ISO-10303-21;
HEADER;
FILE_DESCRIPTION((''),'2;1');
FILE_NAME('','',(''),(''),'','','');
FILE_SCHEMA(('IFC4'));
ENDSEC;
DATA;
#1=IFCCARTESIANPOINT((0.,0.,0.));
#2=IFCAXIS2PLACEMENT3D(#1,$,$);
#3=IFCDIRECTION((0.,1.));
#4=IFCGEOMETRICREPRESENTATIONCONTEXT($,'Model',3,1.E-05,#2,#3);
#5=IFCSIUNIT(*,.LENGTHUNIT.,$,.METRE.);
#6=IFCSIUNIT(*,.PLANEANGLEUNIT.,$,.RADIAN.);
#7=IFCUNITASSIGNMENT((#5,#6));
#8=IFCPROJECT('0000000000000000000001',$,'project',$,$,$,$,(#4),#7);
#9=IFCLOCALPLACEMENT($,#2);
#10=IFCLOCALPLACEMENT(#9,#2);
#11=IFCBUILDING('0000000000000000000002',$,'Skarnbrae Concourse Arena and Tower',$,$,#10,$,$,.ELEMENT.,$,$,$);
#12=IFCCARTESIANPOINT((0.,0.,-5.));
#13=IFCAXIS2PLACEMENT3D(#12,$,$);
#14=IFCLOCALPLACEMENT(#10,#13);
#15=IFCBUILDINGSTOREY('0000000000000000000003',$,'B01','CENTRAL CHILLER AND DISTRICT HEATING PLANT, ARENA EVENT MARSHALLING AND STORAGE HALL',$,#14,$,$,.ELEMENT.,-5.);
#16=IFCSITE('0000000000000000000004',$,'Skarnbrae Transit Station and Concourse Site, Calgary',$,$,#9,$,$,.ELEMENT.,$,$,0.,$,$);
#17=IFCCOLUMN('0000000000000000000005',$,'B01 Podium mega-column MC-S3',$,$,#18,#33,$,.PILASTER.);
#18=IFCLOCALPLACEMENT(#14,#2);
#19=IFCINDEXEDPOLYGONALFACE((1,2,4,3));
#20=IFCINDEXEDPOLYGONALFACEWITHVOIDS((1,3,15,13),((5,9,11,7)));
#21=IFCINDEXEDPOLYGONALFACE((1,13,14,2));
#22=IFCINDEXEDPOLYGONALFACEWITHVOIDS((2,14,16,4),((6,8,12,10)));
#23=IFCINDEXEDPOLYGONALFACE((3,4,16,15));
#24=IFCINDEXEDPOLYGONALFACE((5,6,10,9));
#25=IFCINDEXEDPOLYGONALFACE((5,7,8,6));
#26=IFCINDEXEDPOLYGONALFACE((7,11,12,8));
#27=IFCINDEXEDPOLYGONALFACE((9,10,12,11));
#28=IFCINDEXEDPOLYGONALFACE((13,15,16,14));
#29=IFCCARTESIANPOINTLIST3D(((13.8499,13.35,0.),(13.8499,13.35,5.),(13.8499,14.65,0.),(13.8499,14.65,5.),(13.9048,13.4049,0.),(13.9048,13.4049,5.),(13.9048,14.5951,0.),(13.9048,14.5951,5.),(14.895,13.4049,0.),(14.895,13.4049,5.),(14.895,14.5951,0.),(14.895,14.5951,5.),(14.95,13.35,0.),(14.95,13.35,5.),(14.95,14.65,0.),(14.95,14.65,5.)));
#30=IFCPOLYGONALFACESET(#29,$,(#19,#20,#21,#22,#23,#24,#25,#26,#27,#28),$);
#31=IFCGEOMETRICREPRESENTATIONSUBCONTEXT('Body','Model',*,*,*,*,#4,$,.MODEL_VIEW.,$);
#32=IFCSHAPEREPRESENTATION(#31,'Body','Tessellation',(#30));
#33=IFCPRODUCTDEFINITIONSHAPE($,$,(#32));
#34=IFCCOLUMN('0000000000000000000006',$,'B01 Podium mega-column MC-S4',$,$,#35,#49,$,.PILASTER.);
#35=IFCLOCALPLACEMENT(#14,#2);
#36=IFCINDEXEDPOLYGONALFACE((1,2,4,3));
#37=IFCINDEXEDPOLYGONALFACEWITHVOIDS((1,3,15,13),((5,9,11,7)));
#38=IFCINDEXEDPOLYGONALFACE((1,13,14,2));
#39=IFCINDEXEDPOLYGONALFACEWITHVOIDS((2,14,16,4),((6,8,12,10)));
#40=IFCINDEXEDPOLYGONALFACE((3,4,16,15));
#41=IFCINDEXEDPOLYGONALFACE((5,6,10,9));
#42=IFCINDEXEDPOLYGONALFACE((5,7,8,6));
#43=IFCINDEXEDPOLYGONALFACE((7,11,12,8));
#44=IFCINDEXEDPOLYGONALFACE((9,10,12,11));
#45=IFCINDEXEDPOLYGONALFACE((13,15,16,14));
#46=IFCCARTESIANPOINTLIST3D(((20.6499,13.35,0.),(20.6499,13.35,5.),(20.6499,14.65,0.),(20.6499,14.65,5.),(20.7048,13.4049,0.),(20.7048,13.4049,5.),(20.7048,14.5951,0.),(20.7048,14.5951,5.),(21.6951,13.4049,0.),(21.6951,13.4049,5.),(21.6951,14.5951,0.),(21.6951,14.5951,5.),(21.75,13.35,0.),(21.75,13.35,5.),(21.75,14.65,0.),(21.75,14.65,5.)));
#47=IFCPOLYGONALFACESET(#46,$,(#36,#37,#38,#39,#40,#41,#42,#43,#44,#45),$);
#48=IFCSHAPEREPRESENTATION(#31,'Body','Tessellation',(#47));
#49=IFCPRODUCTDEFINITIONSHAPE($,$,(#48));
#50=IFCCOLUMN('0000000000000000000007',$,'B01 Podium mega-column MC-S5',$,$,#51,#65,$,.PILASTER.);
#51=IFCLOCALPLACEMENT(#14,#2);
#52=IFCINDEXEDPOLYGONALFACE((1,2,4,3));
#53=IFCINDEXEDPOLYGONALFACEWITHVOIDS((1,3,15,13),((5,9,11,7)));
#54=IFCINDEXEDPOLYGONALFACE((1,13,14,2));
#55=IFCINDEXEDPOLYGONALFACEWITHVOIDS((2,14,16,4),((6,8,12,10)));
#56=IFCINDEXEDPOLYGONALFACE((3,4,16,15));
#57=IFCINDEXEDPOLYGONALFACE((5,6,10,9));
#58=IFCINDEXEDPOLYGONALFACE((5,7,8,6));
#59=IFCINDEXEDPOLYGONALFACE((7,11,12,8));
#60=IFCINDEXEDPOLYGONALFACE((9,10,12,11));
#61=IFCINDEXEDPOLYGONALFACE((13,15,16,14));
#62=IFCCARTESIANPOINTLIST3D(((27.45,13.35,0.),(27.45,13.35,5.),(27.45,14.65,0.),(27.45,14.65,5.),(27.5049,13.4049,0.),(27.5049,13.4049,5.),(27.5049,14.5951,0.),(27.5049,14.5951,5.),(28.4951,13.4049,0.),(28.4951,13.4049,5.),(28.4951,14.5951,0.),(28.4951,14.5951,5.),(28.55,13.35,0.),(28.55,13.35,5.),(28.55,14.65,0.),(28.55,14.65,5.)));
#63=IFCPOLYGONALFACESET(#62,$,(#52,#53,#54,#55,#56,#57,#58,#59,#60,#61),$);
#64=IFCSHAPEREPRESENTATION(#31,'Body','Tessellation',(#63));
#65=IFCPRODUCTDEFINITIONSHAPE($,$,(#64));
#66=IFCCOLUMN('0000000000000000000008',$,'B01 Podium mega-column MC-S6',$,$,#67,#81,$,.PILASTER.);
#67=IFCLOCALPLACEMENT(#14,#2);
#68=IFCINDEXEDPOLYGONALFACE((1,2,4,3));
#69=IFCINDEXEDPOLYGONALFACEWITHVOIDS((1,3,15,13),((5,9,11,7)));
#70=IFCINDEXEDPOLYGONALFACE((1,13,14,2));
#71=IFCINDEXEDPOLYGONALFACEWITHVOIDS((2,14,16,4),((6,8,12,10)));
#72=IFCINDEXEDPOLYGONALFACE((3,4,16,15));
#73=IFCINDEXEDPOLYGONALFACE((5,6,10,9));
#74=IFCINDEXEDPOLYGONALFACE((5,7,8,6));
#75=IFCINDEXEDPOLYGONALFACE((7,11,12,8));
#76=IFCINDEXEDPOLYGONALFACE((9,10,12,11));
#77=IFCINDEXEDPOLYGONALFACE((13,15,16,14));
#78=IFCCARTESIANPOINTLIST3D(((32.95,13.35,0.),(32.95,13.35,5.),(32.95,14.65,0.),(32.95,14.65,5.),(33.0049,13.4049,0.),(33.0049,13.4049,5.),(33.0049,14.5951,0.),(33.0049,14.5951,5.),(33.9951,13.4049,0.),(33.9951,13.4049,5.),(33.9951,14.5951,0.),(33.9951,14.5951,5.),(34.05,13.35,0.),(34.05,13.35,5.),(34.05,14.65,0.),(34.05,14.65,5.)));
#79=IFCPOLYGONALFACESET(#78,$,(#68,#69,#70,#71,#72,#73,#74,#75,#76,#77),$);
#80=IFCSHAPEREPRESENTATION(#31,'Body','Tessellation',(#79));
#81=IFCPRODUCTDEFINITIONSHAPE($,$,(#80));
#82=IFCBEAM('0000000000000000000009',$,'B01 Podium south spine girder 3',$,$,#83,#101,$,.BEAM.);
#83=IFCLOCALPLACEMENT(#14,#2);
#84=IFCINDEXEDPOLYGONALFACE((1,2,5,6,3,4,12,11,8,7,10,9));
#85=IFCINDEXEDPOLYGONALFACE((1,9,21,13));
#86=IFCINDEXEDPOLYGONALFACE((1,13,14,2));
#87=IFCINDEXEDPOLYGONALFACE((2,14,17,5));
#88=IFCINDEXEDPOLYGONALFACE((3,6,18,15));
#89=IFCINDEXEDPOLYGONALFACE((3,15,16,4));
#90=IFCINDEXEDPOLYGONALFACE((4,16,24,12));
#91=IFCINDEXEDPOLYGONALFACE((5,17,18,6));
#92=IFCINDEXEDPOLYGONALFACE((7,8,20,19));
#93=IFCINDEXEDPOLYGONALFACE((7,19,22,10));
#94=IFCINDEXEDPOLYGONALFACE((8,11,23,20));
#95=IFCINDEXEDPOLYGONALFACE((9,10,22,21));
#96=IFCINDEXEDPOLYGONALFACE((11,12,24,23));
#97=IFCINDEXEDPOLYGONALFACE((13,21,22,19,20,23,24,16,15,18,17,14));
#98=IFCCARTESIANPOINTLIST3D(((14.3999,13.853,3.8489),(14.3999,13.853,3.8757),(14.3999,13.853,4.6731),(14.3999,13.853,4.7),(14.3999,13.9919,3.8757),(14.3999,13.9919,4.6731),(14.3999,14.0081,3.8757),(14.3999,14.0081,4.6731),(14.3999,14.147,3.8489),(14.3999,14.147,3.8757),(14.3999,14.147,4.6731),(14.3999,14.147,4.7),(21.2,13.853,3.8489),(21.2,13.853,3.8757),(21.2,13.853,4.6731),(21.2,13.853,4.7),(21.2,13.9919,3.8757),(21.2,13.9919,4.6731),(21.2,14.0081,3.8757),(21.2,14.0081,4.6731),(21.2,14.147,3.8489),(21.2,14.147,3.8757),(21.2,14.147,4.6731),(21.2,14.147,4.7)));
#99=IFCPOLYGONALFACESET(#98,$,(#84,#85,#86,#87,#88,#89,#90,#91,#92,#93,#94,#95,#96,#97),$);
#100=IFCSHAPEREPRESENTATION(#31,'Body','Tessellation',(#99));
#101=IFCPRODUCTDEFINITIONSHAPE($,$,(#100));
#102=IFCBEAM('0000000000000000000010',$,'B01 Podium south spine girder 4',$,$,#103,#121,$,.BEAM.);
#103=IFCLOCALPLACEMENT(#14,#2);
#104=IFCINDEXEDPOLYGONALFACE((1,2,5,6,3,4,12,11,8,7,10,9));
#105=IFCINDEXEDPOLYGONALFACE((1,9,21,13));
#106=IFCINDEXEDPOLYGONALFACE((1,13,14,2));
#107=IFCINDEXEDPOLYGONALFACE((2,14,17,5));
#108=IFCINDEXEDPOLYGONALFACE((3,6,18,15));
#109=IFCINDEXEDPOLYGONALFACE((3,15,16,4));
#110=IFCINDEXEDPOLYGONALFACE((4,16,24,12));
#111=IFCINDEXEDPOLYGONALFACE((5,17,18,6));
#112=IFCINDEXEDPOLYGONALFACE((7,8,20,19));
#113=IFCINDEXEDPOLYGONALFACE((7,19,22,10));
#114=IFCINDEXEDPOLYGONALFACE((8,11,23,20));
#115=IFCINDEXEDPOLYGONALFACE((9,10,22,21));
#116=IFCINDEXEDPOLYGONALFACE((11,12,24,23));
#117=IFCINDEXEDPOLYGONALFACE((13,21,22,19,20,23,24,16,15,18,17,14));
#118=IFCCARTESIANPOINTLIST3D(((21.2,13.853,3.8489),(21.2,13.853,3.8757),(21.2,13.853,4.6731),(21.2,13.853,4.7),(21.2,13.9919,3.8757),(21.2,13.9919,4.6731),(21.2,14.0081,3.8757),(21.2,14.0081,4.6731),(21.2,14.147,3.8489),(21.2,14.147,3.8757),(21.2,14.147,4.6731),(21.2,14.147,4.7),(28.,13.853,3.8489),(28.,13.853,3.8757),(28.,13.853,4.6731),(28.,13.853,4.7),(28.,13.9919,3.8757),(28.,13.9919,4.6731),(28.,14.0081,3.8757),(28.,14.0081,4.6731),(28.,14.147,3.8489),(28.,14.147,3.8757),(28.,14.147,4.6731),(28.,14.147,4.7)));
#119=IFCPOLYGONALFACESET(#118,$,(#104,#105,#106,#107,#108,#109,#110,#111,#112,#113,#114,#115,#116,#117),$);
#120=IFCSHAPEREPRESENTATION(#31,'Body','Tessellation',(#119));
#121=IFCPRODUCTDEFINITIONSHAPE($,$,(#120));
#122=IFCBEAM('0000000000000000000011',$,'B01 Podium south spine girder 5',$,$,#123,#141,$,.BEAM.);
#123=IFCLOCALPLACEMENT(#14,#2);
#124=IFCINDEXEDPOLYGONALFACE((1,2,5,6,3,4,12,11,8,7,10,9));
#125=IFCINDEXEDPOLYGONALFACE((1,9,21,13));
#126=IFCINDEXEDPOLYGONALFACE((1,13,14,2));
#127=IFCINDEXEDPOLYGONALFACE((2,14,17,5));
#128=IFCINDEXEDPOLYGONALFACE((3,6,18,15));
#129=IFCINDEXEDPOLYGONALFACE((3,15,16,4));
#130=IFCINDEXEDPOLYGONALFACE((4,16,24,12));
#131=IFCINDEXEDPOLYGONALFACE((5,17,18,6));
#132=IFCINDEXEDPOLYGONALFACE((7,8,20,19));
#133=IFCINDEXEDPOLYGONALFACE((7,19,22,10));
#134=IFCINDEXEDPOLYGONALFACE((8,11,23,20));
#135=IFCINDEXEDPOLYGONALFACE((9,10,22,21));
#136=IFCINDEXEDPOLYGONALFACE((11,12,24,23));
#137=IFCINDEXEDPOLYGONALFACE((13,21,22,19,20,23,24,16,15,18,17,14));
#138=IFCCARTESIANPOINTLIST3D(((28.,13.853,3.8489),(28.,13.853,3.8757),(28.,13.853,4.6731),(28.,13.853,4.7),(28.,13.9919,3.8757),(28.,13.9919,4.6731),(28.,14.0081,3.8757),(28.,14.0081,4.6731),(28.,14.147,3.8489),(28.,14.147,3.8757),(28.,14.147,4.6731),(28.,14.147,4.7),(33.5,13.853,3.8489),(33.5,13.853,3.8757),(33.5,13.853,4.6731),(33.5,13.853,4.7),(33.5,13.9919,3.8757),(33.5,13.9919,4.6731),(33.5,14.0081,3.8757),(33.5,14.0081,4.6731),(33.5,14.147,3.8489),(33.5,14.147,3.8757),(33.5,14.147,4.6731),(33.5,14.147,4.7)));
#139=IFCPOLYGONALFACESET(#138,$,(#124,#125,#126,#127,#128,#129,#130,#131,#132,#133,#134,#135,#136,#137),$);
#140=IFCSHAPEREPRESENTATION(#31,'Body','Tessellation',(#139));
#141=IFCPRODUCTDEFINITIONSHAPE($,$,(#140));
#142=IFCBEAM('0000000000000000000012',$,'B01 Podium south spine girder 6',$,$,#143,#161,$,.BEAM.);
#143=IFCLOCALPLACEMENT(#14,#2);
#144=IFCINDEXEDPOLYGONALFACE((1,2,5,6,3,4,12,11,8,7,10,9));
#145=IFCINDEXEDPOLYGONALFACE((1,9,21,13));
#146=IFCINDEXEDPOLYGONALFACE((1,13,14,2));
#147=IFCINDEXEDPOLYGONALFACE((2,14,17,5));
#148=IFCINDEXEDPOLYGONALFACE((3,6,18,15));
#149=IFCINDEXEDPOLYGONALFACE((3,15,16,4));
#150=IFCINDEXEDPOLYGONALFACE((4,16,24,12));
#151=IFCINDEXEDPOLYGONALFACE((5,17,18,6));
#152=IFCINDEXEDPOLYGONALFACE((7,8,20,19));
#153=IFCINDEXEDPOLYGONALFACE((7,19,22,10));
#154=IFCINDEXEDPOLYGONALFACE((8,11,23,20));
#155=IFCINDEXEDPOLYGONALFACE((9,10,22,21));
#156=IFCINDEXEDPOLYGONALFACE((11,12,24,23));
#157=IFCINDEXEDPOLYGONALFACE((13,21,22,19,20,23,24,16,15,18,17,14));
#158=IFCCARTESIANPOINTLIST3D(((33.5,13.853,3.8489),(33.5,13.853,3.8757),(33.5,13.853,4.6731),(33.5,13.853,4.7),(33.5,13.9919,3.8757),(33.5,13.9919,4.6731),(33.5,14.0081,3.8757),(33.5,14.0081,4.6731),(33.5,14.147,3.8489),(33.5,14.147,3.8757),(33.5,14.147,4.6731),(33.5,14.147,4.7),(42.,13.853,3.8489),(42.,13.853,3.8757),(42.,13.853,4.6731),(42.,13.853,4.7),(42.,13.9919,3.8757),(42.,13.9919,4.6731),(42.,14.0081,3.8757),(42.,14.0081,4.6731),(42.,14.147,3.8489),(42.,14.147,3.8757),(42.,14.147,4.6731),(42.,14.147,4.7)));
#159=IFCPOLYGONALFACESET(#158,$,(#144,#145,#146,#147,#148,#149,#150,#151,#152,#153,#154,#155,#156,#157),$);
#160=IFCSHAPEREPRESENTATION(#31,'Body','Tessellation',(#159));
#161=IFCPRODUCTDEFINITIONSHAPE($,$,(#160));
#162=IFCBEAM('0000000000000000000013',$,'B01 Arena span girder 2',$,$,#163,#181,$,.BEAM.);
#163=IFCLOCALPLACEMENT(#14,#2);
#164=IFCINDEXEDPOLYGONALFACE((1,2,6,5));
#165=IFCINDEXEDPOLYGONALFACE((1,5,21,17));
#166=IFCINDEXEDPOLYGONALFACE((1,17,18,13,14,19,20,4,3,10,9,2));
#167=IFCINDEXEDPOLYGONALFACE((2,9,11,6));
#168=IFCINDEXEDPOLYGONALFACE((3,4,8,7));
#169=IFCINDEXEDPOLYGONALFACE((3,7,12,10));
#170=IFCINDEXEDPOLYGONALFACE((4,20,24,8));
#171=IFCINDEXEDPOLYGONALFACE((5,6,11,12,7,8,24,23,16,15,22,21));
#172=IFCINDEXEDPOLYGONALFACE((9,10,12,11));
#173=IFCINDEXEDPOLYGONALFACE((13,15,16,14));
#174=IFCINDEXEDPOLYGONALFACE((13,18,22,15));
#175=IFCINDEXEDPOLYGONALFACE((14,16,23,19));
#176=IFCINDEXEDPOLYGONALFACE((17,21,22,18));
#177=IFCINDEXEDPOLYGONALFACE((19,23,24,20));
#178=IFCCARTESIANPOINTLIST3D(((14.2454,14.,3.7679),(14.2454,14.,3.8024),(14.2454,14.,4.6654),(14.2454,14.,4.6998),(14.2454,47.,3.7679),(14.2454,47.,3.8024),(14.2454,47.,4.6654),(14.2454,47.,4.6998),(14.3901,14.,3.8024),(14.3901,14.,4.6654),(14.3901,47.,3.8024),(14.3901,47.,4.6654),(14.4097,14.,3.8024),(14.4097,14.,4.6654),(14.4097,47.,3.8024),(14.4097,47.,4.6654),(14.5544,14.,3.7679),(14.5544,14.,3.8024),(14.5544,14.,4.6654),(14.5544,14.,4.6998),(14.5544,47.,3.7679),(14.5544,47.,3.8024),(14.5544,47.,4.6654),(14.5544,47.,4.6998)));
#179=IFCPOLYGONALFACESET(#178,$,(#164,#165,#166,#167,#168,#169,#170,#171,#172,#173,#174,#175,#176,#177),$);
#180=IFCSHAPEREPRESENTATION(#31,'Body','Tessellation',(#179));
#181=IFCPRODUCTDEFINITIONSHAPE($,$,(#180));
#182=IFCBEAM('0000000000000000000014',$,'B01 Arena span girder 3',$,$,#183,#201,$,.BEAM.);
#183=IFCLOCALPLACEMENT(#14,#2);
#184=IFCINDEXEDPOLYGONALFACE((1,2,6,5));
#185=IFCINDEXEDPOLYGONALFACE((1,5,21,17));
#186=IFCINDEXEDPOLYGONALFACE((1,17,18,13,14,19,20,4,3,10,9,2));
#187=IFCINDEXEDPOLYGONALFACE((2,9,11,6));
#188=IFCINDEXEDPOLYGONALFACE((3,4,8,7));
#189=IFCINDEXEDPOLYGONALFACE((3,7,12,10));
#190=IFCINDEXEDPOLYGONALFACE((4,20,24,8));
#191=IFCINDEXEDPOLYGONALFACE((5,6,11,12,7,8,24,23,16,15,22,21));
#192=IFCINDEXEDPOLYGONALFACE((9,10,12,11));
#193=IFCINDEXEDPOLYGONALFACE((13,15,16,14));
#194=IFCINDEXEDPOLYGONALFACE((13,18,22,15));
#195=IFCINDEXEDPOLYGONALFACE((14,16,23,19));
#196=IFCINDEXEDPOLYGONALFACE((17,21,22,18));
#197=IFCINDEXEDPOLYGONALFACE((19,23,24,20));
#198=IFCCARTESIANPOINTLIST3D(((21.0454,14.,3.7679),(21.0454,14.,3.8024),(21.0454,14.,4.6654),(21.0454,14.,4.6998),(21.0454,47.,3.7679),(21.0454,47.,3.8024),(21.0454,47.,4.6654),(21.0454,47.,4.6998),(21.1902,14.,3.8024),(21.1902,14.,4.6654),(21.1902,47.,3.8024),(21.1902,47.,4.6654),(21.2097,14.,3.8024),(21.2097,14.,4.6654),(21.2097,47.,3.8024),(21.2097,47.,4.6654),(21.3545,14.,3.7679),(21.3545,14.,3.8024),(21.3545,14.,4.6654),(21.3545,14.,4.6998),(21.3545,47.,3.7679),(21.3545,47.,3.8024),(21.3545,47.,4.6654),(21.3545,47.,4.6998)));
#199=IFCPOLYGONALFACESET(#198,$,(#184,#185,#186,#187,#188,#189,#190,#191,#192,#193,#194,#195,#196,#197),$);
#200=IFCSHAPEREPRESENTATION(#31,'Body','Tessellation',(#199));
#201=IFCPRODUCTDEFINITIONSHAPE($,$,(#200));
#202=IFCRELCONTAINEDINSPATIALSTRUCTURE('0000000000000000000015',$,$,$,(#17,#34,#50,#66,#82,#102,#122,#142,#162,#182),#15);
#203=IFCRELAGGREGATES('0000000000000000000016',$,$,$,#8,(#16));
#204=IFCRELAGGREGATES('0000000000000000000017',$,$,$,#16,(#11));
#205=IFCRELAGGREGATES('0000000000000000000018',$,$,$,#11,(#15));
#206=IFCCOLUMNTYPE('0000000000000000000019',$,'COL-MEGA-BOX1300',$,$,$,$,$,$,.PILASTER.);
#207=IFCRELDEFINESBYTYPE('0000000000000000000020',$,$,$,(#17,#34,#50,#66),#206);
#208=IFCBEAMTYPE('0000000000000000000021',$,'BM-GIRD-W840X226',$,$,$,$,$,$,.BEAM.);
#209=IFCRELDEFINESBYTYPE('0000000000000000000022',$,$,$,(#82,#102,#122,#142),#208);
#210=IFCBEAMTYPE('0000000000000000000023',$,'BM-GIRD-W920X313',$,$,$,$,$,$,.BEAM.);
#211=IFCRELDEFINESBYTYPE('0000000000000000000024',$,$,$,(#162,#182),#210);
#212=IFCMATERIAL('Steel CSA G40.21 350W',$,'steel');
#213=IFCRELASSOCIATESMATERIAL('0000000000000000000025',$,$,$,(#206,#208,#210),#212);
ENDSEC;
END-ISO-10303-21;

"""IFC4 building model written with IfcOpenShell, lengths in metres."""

from ifc_helpers import new_model, si_unit, direction, frame, origin, origin_2d, place, context, subcontext, project, spatial, hollow_rectangle, i_section, extrude, source, transform, mapped, material, material_profile, profile_set, type_object, element, save


model = new_model("IFC4")

# Units and contexts
model_context = context("Model", 3, precision=1e-05, world=origin(), true_north=direction((0.0, 1.0)))
body_context = subcontext(model_context, "Body", "Model", "MODEL_VIEW")
ifc_project = project(units=[si_unit("LENGTHUNIT", "METRE"), si_unit("PLANEANGLEUNIT", "RADIAN")], contexts=[model_context])

# Site, building, storey
site_placement = place(None, origin())
site = spatial("IfcSite", under=ifc_project, at=site_placement, Name="Skarnbrae Transit Station and Concourse Site, Calgary", CompositionType="ELEMENT", RefElevation=0.0)
building_placement = place(site_placement, origin())
building = spatial("IfcBuilding", under=site, at=building_placement, Name="Skarnbrae Concourse Arena and Tower", CompositionType="ELEMENT")
storey_placement = place(building_placement, frame((0.0, 0.0, -5.0)))
storey = spatial("IfcBuildingStorey", under=building, at=storey_placement, Name="B01", Description="CENTRAL CHILLER AND DISTRICT HEATING PLANT, ARENA EVENT MARSHALLING AND STORAGE HALL", CompositionType="ELEMENT", Elevation=-5.0)

# Columns
ifc_material_1 = material(Name="Steel CSA G40.21 350W", Category="steel")
ifc_material_profile_1 = material_profile(ifc_material_1, hollow_rectangle(XDim=1.1001, YDim=1.3, WallThickness=0.0549, at=origin_2d()), Name="BOX1300X1100X55")
ifc_profile_set_1 = profile_set([ifc_material_profile_1], Name="Steel CSA G40.21 350W")
column_type = type_object("IfcColumnType", Name="COL-MEGA-BOX1300", PredefinedType="PILASTER", material=ifc_profile_set_1)
shared_shape_1 = source(origin(), body_context, "Body", "SweptSolid", [
    extrude(hollow_rectangle(XDim=1.1001, YDim=1.3, WallThickness=0.0549, at=origin_2d()), origin(), (0.0, 0.0, 1.0), 5.0),
])
for number, where, z_axis, x_axis, name in (
    (1, (14.3999, 14.0, 0.0), (0.0, 0.0, 1.0), (1.0, 0.0, 0.0), "B01 Podium mega-column MC-S3"),
    (2, (21.2, 14.0, 0.0), (0.0, 0.0, 1.0), (1.0, 0.0, 0.0), "B01 Podium mega-column MC-S4"),
    (3, (28.0, 14.0, 0.0), (0.0, 0.0, 1.0), (1.0, 0.0, 0.0), "B01 Podium mega-column MC-S5"),
    (4, (33.5, 14.0, 0.0), (0.0, 0.0, 1.0), (1.0, 0.0, 0.0), "B01 Podium mega-column MC-S6"),
):
    element("IfcColumn", number, at=place(storey_placement, frame(where, z_axis=z_axis, x_axis=x_axis)), inside=storey, type_object=column_type, Name=name, PredefinedType="PILASTER", context=body_context, shape_type="MappedRepresentation", body=[
        mapped(shared_shape_1, transform((0.0, 0.0, 0.0))),
    ])

# Beams
ifc_material_profile_2 = material_profile(ifc_material_1, i_section(OverallWidth=0.2939, OverallDepth=0.8511, WebThickness=0.0161, FlangeThickness=0.0269, at=origin_2d()), Name="W840X226")
ifc_profile_set_2 = profile_set([ifc_material_profile_2], Name="Steel CSA G40.21 350W")
beam_type_1 = type_object("IfcBeamType", Name="BM-GIRD-W840X226", PredefinedType="BEAM", material=ifc_profile_set_2)
shared_shape_2 = source(origin(), body_context, "Body", "SweptSolid", [
    extrude(i_section(OverallWidth=0.2939, OverallDepth=0.8511, WebThickness=0.0161, FlangeThickness=0.0269, at=origin_2d()), origin(), (0.0, 0.0, 1.0), 6.8),
])
for number, where, z_axis, x_axis, name in (
    (5, (14.3999, 14.0, 4.2744), (1.0, 0.0, 0.0), (0.0, 1.0, 0.0), "B01 Podium south spine girder 3"),
    (6, (21.2, 14.0, 4.2744), (1.0, 0.0, 0.0), (0.0, 1.0, 0.0), "B01 Podium south spine girder 4"),
):
    element("IfcBeam", number, at=place(storey_placement, frame(where, z_axis=z_axis, x_axis=x_axis)), inside=storey, type_object=beam_type_1, Name=name, PredefinedType="BEAM", context=body_context, shape_type="MappedRepresentation", body=[
        mapped(shared_shape_2, transform((0.0, 0.0, 0.0))),
    ])
shared_shape_3 = source(origin(), body_context, "Body", "SweptSolid", [
    extrude(i_section(OverallWidth=0.2939, OverallDepth=0.8511, WebThickness=0.0161, FlangeThickness=0.0269, at=origin_2d()), origin(), (0.0, 0.0, 1.0), 5.5),
])
beam_1_placement = place(storey_placement, frame((28.0, 14.0, 4.2744), z_axis=(1.0, 0.0, 0.0), x_axis=(0.0, 1.0, 0.0)))
element("IfcBeam", 7, at=beam_1_placement, inside=storey, type_object=beam_type_1, Name="B01 Podium south spine girder 5", PredefinedType="BEAM", context=body_context, shape_type="MappedRepresentation", body=[
    mapped(shared_shape_3, transform((0.0, 0.0, 0.0))),
])
shared_shape_4 = source(origin(), body_context, "Body", "SweptSolid", [
    extrude(i_section(OverallWidth=0.2939, OverallDepth=0.8511, WebThickness=0.0161, FlangeThickness=0.0269, at=origin_2d()), origin(), (0.0, 0.0, 1.0), 8.5),
])
beam_2_placement = place(storey_placement, frame((33.5, 14.0, 4.2744), z_axis=(1.0, 0.0, 0.0), x_axis=(0.0, 1.0, 0.0)))
element("IfcBeam", 8, at=beam_2_placement, inside=storey, type_object=beam_type_1, Name="B01 Podium south spine girder 6", PredefinedType="BEAM", context=body_context, shape_type="MappedRepresentation", body=[
    mapped(shared_shape_4, transform((0.0, 0.0, 0.0))),
])
ifc_material_profile_3 = material_profile(ifc_material_1, i_section(OverallWidth=0.3091, OverallDepth=0.9319, WebThickness=0.0195, FlangeThickness=0.0344, at=origin_2d()), Name="W920X313")
ifc_profile_set_3 = profile_set([ifc_material_profile_3], Name="Steel CSA G40.21 350W")
beam_type_2 = type_object("IfcBeamType", Name="BM-GIRD-W920X313", PredefinedType="BEAM", material=ifc_profile_set_3)
shared_shape_5 = source(origin(), body_context, "Body", "SweptSolid", [
    extrude(i_section(OverallWidth=0.3091, OverallDepth=0.9319, WebThickness=0.0195, FlangeThickness=0.0344, at=origin_2d()), origin(), (0.0, 0.0, 1.0), 33.0),
])
for number, where, z_axis, x_axis, name in (
    (9, (14.3999, 14.0, 4.2339), (0.0, 1.0, 0.0), (-1.0, 0.0, 0.0), "B01 Arena span girder 2"),
    (10, (21.2, 14.0, 4.2339), (0.0, 1.0, 0.0), (-1.0, 0.0, 0.0), "B01 Arena span girder 3"),
):
    element("IfcBeam", number, at=place(storey_placement, frame(where, z_axis=z_axis, x_axis=x_axis)), inside=storey, type_object=beam_type_2, Name=name, PredefinedType="BEAM", context=body_context, shape_type="MappedRepresentation", body=[
        mapped(shared_shape_5, transform((0.0, 0.0, 0.0))),
    ])

save(model, "model.ifc")
